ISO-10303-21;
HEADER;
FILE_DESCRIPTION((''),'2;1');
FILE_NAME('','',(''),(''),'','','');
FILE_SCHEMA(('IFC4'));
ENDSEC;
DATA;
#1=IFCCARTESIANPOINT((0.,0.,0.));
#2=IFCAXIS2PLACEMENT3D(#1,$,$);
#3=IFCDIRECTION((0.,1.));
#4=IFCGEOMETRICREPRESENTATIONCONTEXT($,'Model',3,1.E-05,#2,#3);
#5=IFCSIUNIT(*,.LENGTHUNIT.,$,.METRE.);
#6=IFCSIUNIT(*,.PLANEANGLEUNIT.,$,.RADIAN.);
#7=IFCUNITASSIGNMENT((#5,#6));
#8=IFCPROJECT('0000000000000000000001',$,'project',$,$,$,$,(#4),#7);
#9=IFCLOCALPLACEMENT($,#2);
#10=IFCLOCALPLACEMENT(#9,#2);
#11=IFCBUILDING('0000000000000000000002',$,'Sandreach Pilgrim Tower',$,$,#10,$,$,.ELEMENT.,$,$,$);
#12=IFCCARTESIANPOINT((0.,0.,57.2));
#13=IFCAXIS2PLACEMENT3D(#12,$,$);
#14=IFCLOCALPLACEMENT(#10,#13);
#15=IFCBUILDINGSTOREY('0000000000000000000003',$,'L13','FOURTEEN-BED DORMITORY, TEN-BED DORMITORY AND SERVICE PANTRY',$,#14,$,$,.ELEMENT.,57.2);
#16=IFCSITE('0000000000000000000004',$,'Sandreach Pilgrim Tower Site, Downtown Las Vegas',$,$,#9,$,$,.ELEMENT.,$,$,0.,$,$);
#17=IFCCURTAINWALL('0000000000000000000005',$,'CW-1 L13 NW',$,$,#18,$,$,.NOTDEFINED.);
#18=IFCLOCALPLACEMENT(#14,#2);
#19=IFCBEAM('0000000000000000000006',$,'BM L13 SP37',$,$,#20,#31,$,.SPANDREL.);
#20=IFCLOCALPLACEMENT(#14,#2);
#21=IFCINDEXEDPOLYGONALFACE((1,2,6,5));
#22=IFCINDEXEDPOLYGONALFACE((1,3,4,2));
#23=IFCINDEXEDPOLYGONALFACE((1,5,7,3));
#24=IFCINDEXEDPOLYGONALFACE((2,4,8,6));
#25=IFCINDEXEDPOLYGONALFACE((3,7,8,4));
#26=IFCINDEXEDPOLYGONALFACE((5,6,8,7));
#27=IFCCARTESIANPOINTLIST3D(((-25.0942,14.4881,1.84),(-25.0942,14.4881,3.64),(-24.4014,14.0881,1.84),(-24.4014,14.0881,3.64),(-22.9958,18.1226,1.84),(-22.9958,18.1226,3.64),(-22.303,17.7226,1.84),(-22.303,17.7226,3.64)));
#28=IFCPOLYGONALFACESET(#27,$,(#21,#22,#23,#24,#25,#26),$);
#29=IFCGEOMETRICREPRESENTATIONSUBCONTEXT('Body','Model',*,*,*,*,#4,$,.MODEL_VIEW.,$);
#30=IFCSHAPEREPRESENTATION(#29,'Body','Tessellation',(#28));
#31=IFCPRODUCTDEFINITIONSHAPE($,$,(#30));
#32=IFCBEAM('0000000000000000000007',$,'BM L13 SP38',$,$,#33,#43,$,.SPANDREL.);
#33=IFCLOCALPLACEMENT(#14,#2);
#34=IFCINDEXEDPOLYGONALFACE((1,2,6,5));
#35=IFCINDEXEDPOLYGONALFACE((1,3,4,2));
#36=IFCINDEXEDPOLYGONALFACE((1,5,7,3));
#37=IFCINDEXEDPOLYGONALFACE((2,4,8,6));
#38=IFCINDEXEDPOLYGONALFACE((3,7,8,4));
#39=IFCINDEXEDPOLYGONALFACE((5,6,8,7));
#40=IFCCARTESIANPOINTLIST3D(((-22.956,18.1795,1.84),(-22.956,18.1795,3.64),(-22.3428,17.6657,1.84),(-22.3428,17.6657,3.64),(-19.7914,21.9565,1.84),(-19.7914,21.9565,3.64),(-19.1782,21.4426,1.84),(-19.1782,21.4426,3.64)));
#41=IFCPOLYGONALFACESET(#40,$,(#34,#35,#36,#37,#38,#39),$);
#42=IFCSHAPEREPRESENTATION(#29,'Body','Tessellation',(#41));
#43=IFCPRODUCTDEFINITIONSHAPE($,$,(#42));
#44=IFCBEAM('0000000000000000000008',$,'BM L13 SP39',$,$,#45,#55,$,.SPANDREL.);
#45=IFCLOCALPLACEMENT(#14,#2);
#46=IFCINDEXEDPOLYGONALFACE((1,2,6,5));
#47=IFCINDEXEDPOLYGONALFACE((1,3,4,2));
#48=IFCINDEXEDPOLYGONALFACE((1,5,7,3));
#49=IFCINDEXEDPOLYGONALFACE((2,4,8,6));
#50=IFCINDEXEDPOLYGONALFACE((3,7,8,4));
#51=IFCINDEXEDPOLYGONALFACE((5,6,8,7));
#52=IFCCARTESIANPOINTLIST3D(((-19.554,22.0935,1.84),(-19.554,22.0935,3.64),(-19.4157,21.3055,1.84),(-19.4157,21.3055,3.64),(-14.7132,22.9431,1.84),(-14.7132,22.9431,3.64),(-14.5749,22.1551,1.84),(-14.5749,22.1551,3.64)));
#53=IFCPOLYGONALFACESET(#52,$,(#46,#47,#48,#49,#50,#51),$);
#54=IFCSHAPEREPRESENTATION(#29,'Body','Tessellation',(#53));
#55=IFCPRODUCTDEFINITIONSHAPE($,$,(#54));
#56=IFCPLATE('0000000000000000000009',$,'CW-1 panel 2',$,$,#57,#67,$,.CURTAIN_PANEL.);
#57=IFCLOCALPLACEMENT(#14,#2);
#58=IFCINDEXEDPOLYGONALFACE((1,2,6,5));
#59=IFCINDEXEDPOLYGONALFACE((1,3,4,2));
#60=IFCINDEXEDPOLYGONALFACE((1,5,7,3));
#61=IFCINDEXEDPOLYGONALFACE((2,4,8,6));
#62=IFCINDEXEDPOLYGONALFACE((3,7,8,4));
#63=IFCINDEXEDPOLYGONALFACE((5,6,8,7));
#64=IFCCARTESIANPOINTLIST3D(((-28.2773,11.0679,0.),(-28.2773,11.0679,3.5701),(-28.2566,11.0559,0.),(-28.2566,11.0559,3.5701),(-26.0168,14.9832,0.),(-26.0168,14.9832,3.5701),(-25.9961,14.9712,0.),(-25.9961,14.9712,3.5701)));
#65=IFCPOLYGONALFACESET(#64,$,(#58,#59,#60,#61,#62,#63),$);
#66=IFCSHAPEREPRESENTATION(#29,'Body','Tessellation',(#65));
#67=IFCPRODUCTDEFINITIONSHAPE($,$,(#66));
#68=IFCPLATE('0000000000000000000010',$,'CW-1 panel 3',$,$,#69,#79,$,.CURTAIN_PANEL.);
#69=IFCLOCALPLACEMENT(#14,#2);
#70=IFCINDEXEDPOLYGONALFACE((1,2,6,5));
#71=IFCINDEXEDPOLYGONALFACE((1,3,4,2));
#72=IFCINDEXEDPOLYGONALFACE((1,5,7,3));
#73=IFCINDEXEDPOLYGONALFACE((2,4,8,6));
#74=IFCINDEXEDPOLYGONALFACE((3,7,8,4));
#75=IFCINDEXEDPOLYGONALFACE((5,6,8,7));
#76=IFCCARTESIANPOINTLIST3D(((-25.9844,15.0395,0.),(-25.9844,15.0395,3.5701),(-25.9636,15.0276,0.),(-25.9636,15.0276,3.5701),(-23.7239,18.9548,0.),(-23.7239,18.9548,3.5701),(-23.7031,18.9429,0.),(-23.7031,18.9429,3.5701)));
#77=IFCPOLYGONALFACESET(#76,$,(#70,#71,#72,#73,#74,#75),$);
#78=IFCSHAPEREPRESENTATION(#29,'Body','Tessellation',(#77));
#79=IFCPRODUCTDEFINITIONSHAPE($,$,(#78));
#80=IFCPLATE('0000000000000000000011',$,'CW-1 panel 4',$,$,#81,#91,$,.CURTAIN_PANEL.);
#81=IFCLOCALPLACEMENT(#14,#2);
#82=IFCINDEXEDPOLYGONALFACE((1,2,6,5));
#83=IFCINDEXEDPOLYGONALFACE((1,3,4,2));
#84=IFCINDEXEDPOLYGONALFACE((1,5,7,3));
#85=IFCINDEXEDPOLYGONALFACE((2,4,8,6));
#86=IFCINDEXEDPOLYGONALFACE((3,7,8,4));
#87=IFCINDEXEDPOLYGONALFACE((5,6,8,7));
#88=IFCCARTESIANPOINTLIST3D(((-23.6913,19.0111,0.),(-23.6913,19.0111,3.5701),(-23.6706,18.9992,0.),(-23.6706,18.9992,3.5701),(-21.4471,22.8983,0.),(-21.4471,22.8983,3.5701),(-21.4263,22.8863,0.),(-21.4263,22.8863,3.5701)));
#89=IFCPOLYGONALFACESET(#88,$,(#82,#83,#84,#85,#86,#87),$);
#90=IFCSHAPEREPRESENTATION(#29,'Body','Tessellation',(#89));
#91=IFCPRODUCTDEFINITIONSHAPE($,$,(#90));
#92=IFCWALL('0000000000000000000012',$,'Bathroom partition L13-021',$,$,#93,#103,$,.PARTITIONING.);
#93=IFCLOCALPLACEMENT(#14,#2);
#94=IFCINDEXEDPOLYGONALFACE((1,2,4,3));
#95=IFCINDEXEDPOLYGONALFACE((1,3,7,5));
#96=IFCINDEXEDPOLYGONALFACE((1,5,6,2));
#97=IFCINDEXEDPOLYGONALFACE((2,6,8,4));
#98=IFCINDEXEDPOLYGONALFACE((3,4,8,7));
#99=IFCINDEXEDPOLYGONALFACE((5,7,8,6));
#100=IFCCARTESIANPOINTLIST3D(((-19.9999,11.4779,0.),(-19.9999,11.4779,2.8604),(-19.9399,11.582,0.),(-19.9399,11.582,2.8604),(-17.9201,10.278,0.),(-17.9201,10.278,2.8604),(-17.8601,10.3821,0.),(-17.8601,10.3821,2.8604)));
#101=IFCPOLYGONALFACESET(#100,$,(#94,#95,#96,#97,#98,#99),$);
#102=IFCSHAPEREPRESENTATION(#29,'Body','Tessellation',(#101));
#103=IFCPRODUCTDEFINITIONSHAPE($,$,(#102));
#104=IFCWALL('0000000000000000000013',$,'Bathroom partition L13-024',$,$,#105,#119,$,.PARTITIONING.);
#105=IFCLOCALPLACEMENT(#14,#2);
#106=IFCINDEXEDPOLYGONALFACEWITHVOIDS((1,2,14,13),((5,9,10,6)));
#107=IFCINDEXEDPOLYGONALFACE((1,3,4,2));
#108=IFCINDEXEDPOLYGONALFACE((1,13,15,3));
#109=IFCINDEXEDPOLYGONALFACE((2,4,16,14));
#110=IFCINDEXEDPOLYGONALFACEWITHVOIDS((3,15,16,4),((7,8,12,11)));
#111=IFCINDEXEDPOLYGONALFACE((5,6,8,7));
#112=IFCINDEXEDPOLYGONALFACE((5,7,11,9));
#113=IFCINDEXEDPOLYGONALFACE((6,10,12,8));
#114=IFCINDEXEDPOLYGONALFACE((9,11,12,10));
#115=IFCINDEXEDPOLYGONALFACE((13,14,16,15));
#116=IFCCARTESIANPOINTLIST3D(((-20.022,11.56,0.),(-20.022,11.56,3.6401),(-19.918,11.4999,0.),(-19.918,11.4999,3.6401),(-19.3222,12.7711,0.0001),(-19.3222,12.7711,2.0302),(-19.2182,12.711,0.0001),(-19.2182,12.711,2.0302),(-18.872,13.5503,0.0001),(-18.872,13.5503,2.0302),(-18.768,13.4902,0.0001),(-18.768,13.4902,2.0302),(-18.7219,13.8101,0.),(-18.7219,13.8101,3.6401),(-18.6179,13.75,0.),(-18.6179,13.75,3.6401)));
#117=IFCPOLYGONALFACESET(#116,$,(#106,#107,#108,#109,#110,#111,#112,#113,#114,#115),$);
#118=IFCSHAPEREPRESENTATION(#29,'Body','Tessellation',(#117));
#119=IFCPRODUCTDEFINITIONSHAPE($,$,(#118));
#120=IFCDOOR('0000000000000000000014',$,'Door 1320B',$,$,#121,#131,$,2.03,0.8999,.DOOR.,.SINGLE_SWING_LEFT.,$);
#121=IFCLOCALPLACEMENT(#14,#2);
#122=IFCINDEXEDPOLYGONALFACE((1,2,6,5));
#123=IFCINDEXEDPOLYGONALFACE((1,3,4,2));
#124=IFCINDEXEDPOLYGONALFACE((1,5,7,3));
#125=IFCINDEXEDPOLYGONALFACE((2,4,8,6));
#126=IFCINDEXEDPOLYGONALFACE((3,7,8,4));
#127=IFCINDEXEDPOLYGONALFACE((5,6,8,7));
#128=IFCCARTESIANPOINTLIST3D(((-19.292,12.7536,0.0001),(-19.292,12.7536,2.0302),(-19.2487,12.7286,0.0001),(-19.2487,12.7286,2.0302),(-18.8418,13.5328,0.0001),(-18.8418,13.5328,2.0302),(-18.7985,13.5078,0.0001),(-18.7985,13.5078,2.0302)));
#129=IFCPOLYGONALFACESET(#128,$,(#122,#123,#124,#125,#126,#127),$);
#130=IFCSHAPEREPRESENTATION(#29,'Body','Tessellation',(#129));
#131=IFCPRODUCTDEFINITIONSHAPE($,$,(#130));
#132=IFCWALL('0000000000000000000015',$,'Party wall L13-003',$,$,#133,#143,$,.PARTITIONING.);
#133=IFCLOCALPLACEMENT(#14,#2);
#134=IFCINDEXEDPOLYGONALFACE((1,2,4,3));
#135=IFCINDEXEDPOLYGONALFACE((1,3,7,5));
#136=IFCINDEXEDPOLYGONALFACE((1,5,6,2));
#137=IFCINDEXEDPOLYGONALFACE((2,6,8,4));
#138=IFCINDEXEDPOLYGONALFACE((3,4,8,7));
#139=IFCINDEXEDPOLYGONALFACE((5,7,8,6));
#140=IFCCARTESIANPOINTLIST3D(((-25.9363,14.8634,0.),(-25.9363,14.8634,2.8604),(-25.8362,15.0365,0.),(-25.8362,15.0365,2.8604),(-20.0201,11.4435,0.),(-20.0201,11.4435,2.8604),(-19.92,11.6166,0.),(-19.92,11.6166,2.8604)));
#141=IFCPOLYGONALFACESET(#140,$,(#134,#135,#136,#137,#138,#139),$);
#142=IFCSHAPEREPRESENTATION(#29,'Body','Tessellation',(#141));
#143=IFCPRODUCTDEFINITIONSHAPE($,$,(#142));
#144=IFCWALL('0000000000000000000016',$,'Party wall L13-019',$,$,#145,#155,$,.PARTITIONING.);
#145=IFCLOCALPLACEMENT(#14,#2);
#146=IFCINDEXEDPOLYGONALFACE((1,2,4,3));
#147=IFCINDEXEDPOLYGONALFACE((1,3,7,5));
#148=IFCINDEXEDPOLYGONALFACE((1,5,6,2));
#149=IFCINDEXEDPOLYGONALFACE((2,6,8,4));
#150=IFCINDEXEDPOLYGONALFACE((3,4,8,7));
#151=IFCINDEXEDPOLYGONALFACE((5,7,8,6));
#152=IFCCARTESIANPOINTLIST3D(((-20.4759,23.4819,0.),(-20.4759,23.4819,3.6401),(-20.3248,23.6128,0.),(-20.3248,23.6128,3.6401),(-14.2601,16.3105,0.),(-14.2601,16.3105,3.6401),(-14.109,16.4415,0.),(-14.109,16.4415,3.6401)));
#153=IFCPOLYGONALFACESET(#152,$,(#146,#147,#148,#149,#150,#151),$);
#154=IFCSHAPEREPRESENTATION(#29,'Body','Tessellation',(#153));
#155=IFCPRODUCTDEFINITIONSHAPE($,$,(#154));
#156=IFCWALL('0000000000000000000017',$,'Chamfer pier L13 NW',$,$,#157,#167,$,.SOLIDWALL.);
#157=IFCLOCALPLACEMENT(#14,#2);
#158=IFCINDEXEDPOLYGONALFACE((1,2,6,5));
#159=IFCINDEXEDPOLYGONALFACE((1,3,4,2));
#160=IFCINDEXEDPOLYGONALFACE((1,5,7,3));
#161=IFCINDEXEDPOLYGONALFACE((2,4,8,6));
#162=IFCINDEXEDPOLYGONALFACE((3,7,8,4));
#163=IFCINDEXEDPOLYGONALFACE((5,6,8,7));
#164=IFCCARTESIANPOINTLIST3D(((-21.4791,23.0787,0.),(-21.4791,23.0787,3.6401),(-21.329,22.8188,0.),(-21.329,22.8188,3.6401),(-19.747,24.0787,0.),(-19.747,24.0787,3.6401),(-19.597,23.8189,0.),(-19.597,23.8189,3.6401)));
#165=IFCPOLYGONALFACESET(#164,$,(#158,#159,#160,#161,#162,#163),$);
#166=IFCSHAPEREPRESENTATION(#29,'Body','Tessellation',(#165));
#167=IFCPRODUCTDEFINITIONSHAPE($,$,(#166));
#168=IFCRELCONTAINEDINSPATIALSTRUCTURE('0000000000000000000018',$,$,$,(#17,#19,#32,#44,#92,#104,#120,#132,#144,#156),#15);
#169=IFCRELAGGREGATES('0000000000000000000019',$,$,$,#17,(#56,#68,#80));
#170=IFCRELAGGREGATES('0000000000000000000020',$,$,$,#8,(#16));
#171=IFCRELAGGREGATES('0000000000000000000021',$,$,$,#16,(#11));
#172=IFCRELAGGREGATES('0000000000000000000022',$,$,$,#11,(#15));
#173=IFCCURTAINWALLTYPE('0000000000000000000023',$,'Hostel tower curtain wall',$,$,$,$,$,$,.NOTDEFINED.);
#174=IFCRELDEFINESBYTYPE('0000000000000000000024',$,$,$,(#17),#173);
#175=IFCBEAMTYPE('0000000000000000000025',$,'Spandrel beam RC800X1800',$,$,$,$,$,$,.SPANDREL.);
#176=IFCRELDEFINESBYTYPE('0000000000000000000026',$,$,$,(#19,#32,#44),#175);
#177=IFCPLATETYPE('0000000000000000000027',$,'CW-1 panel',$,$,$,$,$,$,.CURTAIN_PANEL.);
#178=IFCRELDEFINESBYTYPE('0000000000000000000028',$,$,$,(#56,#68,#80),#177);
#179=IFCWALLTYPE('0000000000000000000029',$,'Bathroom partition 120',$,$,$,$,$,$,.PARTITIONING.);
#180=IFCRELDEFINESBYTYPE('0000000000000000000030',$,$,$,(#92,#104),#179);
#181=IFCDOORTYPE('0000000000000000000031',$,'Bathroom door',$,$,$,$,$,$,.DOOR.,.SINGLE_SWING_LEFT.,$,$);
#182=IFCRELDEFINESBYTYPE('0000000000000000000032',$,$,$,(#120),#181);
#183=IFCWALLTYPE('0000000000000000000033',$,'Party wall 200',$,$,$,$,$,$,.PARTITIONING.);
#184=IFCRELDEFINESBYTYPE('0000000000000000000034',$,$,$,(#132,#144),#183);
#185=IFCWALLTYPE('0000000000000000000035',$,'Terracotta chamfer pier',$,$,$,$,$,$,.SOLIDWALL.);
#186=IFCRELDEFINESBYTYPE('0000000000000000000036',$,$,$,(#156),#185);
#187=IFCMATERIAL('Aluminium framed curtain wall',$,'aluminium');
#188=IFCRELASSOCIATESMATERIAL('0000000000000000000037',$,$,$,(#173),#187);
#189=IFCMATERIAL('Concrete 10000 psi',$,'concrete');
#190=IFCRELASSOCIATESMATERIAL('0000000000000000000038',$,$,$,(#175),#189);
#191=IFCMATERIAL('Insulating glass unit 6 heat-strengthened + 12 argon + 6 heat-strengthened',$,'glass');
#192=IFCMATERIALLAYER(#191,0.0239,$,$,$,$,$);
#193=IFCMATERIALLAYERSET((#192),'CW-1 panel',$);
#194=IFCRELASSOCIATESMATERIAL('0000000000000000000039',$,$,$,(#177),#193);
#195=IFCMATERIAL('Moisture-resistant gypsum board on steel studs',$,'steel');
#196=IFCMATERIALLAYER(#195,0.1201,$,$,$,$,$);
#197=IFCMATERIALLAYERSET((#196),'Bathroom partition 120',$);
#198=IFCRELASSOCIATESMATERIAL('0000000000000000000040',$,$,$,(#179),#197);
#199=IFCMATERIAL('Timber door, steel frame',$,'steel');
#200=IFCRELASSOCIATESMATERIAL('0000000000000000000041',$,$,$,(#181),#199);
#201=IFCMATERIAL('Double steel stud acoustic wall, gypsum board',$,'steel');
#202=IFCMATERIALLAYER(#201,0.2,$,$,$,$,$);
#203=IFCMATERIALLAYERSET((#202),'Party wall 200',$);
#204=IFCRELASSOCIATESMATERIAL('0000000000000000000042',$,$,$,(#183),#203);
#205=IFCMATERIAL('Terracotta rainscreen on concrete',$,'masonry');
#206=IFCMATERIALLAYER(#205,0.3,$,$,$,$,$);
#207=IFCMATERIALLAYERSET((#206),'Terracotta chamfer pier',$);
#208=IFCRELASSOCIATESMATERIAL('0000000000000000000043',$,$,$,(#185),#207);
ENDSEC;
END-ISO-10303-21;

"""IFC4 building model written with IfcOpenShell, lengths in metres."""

from ifc_helpers import new_model, si_unit, direction, frame, frame_2d, origin, origin_2d, place, context, subcontext, project, spatial, rectangle, extrude, material, layer, layer_set, material_profile, profile_set, type_object, element, fill, aggregate, save


model = new_model("IFC4")

# Units and contexts
model_context = context("Model", 3, precision=1e-05, world=origin(), true_north=direction((0.0, 1.0)))
body_context = subcontext(model_context, "Body", "Model", "MODEL_VIEW")
ifc_project = project(units=[si_unit("LENGTHUNIT", "METRE"), si_unit("PLANEANGLEUNIT", "RADIAN")], contexts=[model_context])

# Site, building, storey
site_placement = place(None, origin())
site = spatial("IfcSite", under=ifc_project, at=site_placement, Name="Sandreach Pilgrim Tower Site, Downtown Las Vegas", CompositionType="ELEMENT", RefElevation=0.0)
building_placement = place(site_placement, origin())
building = spatial("IfcBuilding", under=site, at=building_placement, Name="Sandreach Pilgrim Tower", CompositionType="ELEMENT")
storey_placement = place(building_placement, frame((0.0, 0.0, 57.2)))
storey = spatial("IfcBuildingStorey", under=building, at=storey_placement, Name="L13", Description="FOURTEEN-BED DORMITORY, TEN-BED DORMITORY AND SERVICE PANTRY", CompositionType="ELEMENT", Elevation=57.2)

# Shared definitions
ifc_material_1 = material(Name="Aluminium framed curtain wall", Category="aluminium")
curtain_wall_type = type_object("IfcCurtainWallType", Name="Hostel tower curtain wall", PredefinedType="NOTDEFINED", material=ifc_material_1)

# Curtain wall
curtain_wall_1_placement = place(storey_placement, origin())
curtain_wall_1 = element("IfcCurtainWall", 1, at=curtain_wall_1_placement, inside=storey, type_object=curtain_wall_type, Name="CW-1 L13 NW", PredefinedType="NOTDEFINED")

# Beams
ifc_material_2 = material(Name="Concrete 10000 psi", Category="concrete")
ifc_material_profile_1 = material_profile(ifc_material_2, rectangle(XDim=0.8, YDim=1.8, at=origin_2d()), Name="RC800X1800")
ifc_profile_set_1 = profile_set([ifc_material_profile_1], Name="Concrete 10000 psi")
beam_type_1 = type_object("IfcBeamType", Name="Spandrel beam RC800X1800", PredefinedType="SPANDREL", material=ifc_profile_set_1)
beam_1_placement = place(storey_placement, frame((-24.7478, 14.2881, 2.74), z_axis=(0.499999, 0.866026, 0.0), x_axis=(-0.866026, 0.499999, 0.0)))
element("IfcBeam", 2, at=beam_1_placement, inside=storey, type_object=beam_type_1, Name="BM L13 SP37", PredefinedType="SPANDREL", context=body_context, shape_type="SweptSolid", body=[
    extrude(rectangle(XDim=0.8, YDim=1.8, at=origin_2d()), origin(), (0.0, 0.0, 1.0), 4.1968),
])
beam_2_placement = place(storey_placement, frame((-22.6494, 17.9226, 2.74), z_axis=(0.642239, 0.766505, 0.0), x_axis=(-0.766505, 0.642239, 0.0)))
element("IfcBeam", 3, at=beam_2_placement, inside=storey, type_object=beam_type_1, Name="BM L13 SP38", PredefinedType="SPANDREL", context=body_context, shape_type="SweptSolid", body=[
    extrude(rectangle(XDim=0.8, YDim=1.8, at=origin_2d()), origin(), (0.0, 0.0, 1.0), 4.9275),
])
beam_3_placement = place(storey_placement, frame((-19.4849, 21.6995, 2.74), z_axis=(0.984945, 0.172867, 0.0), x_axis=(-0.172867, 0.984945, 0.0)))
element("IfcBeam", 4, at=beam_3_placement, inside=storey, type_object=beam_type_1, Name="BM L13 SP39", PredefinedType="SPANDREL", context=body_context, shape_type="SweptSolid", body=[
    extrude(rectangle(XDim=0.8, YDim=1.8, at=origin_2d()), origin(), (0.0, 0.0, 1.0), 4.9148),
])

# Plates
ifc_material_3 = material(Name="Insulating glass unit 6 heat-strengthened + 12 argon + 6 heat-strengthened", Category="glass")
ifc_layer_1 = layer(ifc_material_3, 0.0239)
ifc_layer_set_1 = layer_set([ifc_layer_1], Name="CW-1 panel")
plate_type = type_object("IfcPlateType", Name="CW-1 panel", PredefinedType="CURTAIN_PANEL", material=ifc_layer_set_1)
plate_1_placement = place(storey_placement, frame((-27.1367, 13.0195, 0.0), z_axis=(0.0, 0.0, 1.0), x_axis=(0.5, 0.866025, 0.0)))
plate_1 = element("IfcPlate", 5, at=plate_1_placement, type_object=plate_type, Name="CW-1 panel 2", PredefinedType="CURTAIN_PANEL", context=body_context, shape_type="SweptSolid", body=[
    extrude(rectangle(XDim=4.521, YDim=0.0239, at=origin_2d()), origin(), (0.0, 0.0, 1.0), 3.5701),
])
plate_2_placement = place(storey_placement, frame((-24.8438, 16.9912, 0.0), z_axis=(0.0, 0.0, 1.0), x_axis=(0.5, 0.866025, 0.0)))
plate_2 = element("IfcPlate", 6, at=plate_2_placement, type_object=plate_type, Name="CW-1 panel 3", PredefinedType="CURTAIN_PANEL", context=body_context, shape_type="SweptSolid", body=[
    extrude(rectangle(XDim=4.521, YDim=0.0239, at=origin_2d()), origin(), (0.0, 0.0, 1.0), 3.5701),
])
plate_3_placement = place(storey_placement, frame((-22.5588, 20.9487, 0.0), z_axis=(0.0, 0.0, 1.0), x_axis=(0.5, 0.866025, 0.0)))
plate_3 = element("IfcPlate", 7, at=plate_3_placement, type_object=plate_type, Name="CW-1 panel 4", PredefinedType="CURTAIN_PANEL", context=body_context, shape_type="SweptSolid", body=[
    extrude(rectangle(XDim=4.4885, YDim=0.0239, at=origin_2d()), origin(), (0.0, 0.0, 1.0), 3.5701),
])
aggregate(curtain_wall_1, [plate_1, plate_2, plate_3])

# Wall
ifc_material_4 = material(Name="Moisture-resistant gypsum board on steel studs", Category="steel")
ifc_layer_2 = layer(ifc_material_4, 0.1201)
ifc_layer_set_2 = layer_set([ifc_layer_2], Name="Bathroom partition 120")
wall_type_1 = type_object("IfcWallType", Name="Bathroom partition 120", PredefinedType="PARTITIONING", material=ifc_layer_set_2)
wall_1_placement = place(storey_placement, frame((-19.97, 11.53, 0.0), z_axis=(0.0, 0.0, 1.0), x_axis=(0.866177, -0.499737, 0.0)))
element("IfcWall", 8, at=wall_1_placement, inside=storey, type_object=wall_type_1, Name="Bathroom partition L13-021", PredefinedType="PARTITIONING", context=body_context, shape_type="SweptSolid", body=[
    extrude(rectangle(XDim=2.4011, YDim=0.1201, at=frame_2d((1.2007, 0.0))), origin(), (0.0, 0.0, 1.0), 2.8604),
])

# Wall, opening, door
wall_2_placement = place(storey_placement, frame((-18.6699, 13.78, 0.0), z_axis=(0.0, 0.0, 1.0), x_axis=(-0.500292, -0.865857, 0.0)))
wall_2 = element("IfcWall", 9, at=wall_2_placement, inside=storey, type_object=wall_type_1, Name="Bathroom partition L13-024", PredefinedType="PARTITIONING", context=body_context, shape_type="SweptSolid", body=[
    extrude(rectangle(XDim=2.5986, YDim=0.1201, at=frame_2d((1.2993, 0.0))), origin(), (0.0, 0.0, 1.0), 3.6401),
])
opening_placement = place(wall_2_placement, frame((0.3, 0.0, 0.0)))
opening = element("IfcOpeningElement", 10, at=opening_placement, cuts=wall_2, PredefinedType="OPENING", context=body_context, shape_type="SweptSolid", body=[
    extrude(rectangle(XDim=0.8999, YDim=2.03, at=frame_2d((0.45, 1.0151))), frame((0.0, 0.0601, 0.0), z_axis=(0.0, -1.0, 0.0), x_axis=(1.0, 0.0, 0.0)), (0.0, 0.0, 1.0), 0.1201),
])
ifc_material_5 = material(Name="Timber door, steel frame", Category="steel")
door_type = type_object("IfcDoorType", Name="Bathroom door", OperationType="SINGLE_SWING_LEFT", PredefinedType="DOOR", material=ifc_material_5)
door_placement = place(opening_placement, origin())
door = element("IfcDoor", 11, at=door_placement, inside=storey, type_object=door_type, Name="Door 1320B", OperationType="SINGLE_SWING_LEFT", OverallHeight=2.03, OverallWidth=0.8999, PredefinedType="DOOR", context=body_context, shape_type="SweptSolid", body=[
    extrude(rectangle(XDim=0.8999, YDim=2.03, at=frame_2d((0.45, 1.0151))), frame((0.0, 0.0249, 0.0), z_axis=(0.0, -1.0, 0.0), x_axis=(1.0, 0.0, 0.0)), (0.0, 0.0, 1.0), 0.05),
])
fill(opening, door)

# Walls
ifc_material_6 = material(Name="Double steel stud acoustic wall, gypsum board", Category="steel")
ifc_layer_3 = layer(ifc_material_6, 0.2)
ifc_layer_set_3 = layer_set([ifc_layer_3], Name="Party wall 200")
wall_type_2 = type_object("IfcWallType", Name="Party wall 200", PredefinedType="PARTITIONING", material=ifc_layer_set_3)
wall_3_placement = place(storey_placement, frame((-25.8862, 14.95, 0.0), z_axis=(0.0, 0.0, 1.0), x_axis=(0.865761, -0.500457, 0.0)))
element("IfcWall", 12, at=wall_3_placement, inside=storey, type_object=wall_type_2, Name="Party wall L13-003", PredefinedType="PARTITIONING", context=body_context, shape_type="SweptSolid", body=[
    extrude(rectangle(XDim=6.8335, YDim=0.2, at=frame_2d((3.4167, 0.0))), origin(), (0.0, 0.0, 1.0), 2.8604),
])
wall_4_placement = place(storey_placement, frame((-20.4004, 23.5474, 0.0), z_axis=(0.0, 0.0, 1.0), x_axis=(0.654968, -0.755657, 0.0)))
element("IfcWall", 13, at=wall_4_placement, inside=storey, type_object=wall_type_2, Name="Party wall L13-019", PredefinedType="PARTITIONING", context=body_context, shape_type="SweptSolid", body=[
    extrude(rectangle(XDim=9.4902, YDim=0.2, at=frame_2d((4.7451, 0.0))), origin(), (0.0, 0.0, 1.0), 3.6401),
])
ifc_material_7 = material(Name="Terracotta rainscreen on concrete", Category="masonry")
ifc_layer_4 = layer(ifc_material_7, 0.3)
ifc_layer_set_4 = layer_set([ifc_layer_4], Name="Terracotta chamfer pier")
wall_type_3 = type_object("IfcWallType", Name="Terracotta chamfer pier", PredefinedType="SOLIDWALL", material=ifc_layer_set_4)
wall_5_placement = place(storey_placement, frame((-21.4041, 22.9487, 0.0), z_axis=(0.0, 0.0, 1.0), x_axis=(0.866011, 0.500025, 0.0)))
element("IfcWall", 14, at=wall_5_placement, inside=storey, type_object=wall_type_3, Name="Chamfer pier L13 NW", PredefinedType="SOLIDWALL", context=body_context, shape_type="SweptSolid", body=[
    extrude(rectangle(XDim=2.0, YDim=0.3, at=frame_2d((1.0, 0.0))), origin(), (0.0, 0.0, 1.0), 3.6401),
])

save(model, "model.ifc")
